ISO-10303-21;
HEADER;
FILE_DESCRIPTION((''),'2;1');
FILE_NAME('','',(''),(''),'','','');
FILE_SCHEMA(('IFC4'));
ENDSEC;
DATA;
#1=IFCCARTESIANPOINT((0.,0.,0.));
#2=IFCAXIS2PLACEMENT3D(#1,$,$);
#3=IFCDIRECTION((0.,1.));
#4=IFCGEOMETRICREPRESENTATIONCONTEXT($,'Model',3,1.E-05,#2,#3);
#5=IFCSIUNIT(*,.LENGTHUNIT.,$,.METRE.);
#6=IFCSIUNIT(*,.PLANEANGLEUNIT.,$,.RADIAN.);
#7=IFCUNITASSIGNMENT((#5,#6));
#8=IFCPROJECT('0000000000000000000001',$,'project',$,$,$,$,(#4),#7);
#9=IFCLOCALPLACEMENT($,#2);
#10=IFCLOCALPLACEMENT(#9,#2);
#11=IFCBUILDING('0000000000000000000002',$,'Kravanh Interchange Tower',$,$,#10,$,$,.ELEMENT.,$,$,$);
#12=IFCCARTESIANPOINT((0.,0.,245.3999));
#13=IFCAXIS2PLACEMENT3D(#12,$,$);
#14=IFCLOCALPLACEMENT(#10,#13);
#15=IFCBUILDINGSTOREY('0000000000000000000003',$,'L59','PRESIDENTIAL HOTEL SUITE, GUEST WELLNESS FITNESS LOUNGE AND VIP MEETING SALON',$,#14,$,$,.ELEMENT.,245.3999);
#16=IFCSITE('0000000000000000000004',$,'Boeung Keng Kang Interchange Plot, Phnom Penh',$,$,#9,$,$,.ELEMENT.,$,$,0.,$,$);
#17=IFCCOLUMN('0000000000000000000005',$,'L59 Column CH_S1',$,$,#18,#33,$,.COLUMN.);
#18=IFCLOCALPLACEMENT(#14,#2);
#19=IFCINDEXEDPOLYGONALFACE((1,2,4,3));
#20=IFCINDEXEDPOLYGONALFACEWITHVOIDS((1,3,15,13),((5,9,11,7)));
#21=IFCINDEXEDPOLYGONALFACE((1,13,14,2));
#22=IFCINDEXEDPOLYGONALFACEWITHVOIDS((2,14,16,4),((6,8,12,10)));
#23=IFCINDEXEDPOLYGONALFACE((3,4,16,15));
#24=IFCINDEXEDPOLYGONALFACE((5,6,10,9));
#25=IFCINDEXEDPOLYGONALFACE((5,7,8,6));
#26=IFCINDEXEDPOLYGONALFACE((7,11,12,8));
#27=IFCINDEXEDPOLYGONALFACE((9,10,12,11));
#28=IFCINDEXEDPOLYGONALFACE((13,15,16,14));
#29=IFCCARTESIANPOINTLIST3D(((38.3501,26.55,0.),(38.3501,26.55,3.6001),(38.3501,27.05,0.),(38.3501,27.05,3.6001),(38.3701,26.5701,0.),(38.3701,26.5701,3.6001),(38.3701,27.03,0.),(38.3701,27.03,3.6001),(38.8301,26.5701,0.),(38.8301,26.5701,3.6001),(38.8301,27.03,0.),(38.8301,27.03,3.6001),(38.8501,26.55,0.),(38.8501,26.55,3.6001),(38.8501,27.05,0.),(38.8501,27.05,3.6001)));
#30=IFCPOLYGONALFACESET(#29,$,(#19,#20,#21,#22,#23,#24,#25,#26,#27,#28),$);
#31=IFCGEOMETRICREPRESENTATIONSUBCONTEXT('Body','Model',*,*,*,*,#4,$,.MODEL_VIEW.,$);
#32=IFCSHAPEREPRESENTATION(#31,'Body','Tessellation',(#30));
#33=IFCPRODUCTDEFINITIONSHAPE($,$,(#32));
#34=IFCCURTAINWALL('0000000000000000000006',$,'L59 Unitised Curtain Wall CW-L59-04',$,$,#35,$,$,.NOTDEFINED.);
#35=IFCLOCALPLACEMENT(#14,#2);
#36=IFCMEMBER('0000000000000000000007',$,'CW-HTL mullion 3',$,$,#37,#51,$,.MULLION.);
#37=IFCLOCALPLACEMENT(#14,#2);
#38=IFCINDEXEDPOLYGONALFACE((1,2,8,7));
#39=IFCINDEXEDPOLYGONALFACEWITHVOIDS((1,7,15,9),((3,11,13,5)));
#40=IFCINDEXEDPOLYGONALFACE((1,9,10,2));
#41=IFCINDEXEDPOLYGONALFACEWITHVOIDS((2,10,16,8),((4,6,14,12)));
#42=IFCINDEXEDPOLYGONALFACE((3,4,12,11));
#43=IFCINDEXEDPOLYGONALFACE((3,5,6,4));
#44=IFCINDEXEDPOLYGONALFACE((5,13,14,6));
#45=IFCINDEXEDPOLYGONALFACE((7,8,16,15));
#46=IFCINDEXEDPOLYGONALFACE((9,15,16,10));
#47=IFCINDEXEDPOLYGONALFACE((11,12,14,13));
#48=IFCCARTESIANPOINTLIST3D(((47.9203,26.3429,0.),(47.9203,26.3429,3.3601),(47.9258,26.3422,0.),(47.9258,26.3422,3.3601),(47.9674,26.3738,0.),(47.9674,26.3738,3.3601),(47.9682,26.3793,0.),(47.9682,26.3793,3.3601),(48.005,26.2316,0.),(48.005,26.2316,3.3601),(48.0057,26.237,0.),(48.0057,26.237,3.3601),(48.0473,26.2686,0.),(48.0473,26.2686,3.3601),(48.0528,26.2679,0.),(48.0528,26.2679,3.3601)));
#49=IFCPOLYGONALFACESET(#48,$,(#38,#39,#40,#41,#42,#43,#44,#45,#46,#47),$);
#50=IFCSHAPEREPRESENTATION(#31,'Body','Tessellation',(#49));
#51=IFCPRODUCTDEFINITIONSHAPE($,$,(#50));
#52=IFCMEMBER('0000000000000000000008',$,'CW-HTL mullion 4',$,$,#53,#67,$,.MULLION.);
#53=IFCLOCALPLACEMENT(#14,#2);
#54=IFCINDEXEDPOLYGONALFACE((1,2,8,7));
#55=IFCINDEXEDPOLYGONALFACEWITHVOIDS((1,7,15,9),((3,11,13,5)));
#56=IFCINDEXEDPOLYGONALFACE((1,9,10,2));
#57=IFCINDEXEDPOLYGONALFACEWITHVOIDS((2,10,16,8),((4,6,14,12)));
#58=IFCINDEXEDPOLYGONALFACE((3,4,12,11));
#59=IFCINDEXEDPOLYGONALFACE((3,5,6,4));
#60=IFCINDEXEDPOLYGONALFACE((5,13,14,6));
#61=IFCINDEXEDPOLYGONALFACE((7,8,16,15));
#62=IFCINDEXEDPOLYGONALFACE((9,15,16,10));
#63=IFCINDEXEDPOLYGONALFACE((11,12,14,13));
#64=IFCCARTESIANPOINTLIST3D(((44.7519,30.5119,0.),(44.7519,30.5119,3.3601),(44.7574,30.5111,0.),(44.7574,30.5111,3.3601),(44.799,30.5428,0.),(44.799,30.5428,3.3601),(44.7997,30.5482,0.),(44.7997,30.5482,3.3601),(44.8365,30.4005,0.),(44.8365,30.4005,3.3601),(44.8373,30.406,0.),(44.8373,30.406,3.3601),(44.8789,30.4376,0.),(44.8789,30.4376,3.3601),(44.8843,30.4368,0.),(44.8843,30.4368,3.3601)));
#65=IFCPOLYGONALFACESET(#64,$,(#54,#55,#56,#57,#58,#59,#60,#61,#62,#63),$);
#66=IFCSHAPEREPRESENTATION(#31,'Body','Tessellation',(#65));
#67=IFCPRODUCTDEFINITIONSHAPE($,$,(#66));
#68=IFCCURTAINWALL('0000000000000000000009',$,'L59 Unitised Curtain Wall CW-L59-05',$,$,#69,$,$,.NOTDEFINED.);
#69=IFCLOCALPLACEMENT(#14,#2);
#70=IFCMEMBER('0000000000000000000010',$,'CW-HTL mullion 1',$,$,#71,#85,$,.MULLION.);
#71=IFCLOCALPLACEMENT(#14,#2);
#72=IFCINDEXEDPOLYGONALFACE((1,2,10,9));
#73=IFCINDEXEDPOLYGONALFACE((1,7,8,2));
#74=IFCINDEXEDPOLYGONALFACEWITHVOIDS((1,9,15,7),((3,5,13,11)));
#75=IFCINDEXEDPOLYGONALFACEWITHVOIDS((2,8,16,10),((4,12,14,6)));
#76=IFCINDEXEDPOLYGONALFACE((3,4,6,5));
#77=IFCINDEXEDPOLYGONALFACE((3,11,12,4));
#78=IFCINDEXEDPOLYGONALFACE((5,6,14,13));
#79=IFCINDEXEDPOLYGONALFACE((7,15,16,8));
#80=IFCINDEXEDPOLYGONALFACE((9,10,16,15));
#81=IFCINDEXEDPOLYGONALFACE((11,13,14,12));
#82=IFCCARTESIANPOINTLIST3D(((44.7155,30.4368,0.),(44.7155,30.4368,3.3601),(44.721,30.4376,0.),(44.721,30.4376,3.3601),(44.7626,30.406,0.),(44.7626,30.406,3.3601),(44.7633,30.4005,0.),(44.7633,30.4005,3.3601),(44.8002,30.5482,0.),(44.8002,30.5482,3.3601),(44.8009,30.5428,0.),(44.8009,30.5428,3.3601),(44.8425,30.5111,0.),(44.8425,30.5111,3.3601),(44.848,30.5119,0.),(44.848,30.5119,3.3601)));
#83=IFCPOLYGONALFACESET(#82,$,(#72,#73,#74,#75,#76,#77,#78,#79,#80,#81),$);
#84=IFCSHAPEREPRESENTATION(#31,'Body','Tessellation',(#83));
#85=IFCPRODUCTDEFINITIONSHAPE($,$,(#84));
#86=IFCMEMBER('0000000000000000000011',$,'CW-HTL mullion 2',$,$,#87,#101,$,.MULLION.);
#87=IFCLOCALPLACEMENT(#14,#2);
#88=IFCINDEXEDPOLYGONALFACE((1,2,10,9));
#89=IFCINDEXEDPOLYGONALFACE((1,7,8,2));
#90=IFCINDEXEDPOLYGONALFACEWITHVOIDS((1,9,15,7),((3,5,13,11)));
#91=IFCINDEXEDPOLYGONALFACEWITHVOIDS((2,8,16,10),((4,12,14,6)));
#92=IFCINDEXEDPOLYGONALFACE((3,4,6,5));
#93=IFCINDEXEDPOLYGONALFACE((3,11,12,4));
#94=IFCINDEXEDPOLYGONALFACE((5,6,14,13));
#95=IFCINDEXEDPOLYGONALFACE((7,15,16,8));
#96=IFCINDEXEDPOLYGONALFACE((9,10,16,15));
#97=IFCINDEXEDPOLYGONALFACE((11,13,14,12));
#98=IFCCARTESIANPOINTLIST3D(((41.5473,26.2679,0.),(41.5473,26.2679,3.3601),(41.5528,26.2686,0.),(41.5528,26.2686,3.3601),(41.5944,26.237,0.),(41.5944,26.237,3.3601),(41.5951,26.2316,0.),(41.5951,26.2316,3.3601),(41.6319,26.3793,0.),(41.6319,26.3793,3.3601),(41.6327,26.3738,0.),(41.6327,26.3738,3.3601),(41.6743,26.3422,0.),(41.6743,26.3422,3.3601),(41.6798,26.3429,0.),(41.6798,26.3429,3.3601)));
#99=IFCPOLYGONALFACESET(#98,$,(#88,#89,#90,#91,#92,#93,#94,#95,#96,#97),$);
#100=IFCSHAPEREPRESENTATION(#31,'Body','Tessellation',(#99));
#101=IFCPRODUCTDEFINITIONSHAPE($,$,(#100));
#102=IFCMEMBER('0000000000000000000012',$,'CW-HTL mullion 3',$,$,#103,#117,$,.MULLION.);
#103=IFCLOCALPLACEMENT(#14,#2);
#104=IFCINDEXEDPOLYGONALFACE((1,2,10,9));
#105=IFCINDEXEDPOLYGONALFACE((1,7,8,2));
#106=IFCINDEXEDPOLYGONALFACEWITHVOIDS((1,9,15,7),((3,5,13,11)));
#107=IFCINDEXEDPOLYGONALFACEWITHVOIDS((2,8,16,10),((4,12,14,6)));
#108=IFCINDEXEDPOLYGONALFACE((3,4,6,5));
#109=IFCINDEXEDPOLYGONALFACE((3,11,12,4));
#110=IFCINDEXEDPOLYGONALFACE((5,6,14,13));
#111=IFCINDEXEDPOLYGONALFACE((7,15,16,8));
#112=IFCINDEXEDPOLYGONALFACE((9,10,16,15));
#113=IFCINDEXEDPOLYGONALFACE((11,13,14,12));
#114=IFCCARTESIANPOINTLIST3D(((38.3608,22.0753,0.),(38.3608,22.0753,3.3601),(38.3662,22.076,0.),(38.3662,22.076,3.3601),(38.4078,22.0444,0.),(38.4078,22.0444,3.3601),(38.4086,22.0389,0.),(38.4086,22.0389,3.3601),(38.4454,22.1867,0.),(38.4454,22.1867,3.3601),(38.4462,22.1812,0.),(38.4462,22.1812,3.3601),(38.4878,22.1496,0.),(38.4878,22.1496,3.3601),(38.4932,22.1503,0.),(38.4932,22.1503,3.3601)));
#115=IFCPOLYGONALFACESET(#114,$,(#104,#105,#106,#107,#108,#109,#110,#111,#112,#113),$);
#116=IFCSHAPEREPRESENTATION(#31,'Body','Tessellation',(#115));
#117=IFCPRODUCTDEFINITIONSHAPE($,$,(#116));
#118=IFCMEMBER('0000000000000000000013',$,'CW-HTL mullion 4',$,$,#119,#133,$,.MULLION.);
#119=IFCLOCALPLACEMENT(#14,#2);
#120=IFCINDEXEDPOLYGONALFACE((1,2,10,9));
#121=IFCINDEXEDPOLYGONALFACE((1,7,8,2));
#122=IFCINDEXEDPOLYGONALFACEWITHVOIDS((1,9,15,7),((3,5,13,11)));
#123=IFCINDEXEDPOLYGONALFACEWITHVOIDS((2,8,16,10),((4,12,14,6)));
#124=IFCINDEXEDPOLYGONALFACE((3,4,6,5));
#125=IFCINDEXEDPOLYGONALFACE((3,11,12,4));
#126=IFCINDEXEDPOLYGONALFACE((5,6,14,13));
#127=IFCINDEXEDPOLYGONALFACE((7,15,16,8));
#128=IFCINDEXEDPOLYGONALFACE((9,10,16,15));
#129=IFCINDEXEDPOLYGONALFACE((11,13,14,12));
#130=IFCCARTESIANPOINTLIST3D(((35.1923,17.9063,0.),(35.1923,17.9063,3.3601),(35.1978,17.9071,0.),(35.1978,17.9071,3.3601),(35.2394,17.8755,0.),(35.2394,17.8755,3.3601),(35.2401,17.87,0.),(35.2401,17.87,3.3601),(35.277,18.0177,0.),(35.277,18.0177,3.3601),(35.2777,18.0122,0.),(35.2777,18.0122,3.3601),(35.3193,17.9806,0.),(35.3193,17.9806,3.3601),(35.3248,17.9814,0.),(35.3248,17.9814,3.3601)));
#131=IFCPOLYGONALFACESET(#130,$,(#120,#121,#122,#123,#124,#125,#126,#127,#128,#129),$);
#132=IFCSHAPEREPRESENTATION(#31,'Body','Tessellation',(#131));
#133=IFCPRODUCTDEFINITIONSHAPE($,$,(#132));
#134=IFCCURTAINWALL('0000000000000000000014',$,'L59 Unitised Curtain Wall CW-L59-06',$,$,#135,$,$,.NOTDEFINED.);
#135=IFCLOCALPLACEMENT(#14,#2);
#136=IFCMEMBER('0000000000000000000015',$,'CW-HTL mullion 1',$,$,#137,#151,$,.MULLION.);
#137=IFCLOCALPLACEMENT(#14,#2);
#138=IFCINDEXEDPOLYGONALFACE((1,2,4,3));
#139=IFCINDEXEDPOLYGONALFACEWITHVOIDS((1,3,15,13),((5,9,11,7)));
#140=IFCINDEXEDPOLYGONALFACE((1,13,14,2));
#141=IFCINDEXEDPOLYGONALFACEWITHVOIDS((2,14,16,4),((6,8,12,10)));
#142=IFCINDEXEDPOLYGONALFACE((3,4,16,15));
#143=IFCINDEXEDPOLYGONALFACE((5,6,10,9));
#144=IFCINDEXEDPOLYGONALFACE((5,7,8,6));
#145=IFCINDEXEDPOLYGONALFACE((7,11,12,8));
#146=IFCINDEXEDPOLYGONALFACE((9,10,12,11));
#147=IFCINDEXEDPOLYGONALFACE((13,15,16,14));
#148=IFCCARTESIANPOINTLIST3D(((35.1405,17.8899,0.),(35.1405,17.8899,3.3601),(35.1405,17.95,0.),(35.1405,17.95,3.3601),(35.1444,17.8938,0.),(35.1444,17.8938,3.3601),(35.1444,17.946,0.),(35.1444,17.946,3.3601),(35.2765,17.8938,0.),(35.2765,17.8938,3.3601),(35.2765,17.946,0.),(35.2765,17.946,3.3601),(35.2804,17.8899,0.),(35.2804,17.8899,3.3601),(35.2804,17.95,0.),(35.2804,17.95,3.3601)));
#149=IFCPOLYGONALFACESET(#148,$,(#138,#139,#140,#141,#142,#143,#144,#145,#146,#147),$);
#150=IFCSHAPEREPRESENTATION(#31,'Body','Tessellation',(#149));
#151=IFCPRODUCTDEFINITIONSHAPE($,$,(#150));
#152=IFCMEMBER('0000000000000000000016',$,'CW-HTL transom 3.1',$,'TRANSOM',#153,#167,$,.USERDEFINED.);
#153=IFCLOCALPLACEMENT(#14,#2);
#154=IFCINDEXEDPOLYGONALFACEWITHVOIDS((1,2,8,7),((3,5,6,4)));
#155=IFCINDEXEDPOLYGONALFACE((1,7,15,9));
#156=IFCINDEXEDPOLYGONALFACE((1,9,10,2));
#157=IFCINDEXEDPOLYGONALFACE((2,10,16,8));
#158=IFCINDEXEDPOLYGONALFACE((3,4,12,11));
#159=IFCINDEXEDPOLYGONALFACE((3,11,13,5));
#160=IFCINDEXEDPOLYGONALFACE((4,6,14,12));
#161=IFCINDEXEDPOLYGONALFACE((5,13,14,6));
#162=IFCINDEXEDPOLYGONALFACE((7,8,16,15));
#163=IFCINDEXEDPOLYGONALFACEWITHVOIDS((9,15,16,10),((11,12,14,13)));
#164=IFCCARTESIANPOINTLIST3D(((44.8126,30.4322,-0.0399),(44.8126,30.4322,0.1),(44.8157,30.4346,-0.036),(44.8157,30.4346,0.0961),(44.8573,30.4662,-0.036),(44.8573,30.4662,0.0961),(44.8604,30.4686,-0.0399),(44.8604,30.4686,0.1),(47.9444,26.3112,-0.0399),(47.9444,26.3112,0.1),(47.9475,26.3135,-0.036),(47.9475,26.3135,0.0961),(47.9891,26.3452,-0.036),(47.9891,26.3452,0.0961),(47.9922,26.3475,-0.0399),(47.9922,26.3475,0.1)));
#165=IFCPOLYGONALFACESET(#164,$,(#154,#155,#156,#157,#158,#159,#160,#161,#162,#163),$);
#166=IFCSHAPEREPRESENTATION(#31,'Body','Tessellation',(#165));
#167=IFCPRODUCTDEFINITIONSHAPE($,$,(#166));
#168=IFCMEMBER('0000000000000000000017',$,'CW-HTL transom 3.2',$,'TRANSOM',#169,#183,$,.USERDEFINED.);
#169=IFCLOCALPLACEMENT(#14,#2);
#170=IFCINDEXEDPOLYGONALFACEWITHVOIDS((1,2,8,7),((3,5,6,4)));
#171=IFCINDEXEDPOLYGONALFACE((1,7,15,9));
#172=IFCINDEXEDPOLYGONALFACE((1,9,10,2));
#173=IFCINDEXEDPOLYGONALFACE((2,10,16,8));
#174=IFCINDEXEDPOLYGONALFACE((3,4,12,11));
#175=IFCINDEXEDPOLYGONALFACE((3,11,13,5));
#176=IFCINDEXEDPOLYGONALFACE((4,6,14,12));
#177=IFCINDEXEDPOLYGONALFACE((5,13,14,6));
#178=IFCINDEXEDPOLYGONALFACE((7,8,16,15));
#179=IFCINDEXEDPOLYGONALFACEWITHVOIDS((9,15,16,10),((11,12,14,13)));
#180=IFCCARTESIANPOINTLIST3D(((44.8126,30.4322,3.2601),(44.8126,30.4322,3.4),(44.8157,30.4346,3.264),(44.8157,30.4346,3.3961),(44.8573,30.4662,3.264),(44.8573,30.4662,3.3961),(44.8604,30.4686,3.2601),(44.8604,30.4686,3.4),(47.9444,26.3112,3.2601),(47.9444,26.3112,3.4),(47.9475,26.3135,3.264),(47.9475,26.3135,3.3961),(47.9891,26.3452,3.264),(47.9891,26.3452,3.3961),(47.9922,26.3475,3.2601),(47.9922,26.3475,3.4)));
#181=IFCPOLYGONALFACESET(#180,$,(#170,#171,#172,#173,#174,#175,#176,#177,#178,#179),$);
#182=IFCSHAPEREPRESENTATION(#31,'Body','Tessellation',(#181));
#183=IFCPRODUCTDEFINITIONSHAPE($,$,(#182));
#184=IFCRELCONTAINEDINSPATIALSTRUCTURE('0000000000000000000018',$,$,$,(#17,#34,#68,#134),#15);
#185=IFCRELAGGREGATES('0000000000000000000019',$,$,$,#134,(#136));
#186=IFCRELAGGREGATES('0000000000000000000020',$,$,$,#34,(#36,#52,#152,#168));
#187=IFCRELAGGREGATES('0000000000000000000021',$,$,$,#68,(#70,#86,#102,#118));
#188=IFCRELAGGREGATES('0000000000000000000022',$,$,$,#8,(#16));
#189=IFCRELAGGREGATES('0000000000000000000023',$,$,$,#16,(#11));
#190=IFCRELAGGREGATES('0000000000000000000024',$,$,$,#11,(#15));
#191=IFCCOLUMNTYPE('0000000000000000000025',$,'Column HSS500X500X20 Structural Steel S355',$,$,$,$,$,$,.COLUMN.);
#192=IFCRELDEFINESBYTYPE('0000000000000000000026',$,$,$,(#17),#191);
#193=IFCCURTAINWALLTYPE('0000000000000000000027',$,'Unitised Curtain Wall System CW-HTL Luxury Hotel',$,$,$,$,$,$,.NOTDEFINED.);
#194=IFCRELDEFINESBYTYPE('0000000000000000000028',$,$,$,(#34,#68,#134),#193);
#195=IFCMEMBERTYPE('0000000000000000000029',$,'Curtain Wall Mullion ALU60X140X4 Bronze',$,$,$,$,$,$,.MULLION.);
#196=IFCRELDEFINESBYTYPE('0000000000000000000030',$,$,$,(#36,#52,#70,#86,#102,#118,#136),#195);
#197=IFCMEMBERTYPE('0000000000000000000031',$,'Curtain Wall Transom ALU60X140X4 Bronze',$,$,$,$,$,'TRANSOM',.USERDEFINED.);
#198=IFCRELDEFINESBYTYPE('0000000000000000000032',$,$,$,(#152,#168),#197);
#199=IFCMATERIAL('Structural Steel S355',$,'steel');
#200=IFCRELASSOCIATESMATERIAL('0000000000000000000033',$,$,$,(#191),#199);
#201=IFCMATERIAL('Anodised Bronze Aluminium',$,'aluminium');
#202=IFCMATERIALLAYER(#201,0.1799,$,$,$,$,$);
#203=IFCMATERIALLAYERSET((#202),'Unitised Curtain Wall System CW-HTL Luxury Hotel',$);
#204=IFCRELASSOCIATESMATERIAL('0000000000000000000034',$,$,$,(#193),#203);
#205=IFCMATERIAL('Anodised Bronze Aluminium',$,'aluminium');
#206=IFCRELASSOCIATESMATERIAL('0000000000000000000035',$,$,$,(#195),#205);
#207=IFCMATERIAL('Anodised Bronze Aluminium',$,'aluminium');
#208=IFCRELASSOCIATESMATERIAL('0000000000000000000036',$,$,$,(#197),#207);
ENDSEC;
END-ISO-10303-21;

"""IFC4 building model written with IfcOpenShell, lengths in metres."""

from ifc_helpers import new_model, si_unit, direction, frame, origin, origin_2d, place, context, subcontext, project, spatial, hollow_rectangle, extrude, material, layer, layer_set, material_profile, profile_set, type_object, element, aggregate, save


model = new_model("IFC4")

# Units and contexts
model_context = context("Model", 3, precision=1e-05, world=origin(), true_north=direction((0.0, 1.0)))
body_context = subcontext(model_context, "Body", "Model", "MODEL_VIEW")
ifc_project = project(units=[si_unit("LENGTHUNIT", "METRE"), si_unit("PLANEANGLEUNIT", "RADIAN")], contexts=[model_context])

# Site, building, storey
site_placement = place(None, origin())
site = spatial("IfcSite", under=ifc_project, at=site_placement, Name="Boeung Keng Kang Interchange Plot, Phnom Penh", CompositionType="ELEMENT", RefElevation=0.0)
building_placement = place(site_placement, origin())
building = spatial("IfcBuilding", under=site, at=building_placement, Name="Kravanh Interchange Tower", CompositionType="ELEMENT")
storey_placement = place(building_placement, frame((0.0, 0.0, 245.3999)))
storey = spatial("IfcBuildingStorey", under=building, at=storey_placement, Name="L59", Description="PRESIDENTIAL HOTEL SUITE, GUEST WELLNESS FITNESS LOUNGE AND VIP MEETING SALON", CompositionType="ELEMENT", Elevation=245.3999)

# Column
ifc_material_1 = material(Name="Structural Steel S355", Category="steel")
ifc_material_profile_1 = material_profile(ifc_material_1, hollow_rectangle(XDim=0.5, YDim=0.5, WallThickness=0.02, at=origin_2d()), Name="HSS500X500X20")
ifc_profile_set_1 = profile_set([ifc_material_profile_1], Name="Structural Steel S355")
column_type = type_object("IfcColumnType", Name="Column HSS500X500X20 Structural Steel S355", PredefinedType="COLUMN", material=ifc_profile_set_1)
column_placement = place(storey_placement, frame((38.6001, 26.8, 0.0), z_axis=(0.0, 0.0, 1.0), x_axis=(1.0, 0.0, 0.0)))
element("IfcColumn", 1, at=column_placement, inside=storey, type_object=column_type, Name="L59 Column CH_S1", PredefinedType="COLUMN", context=body_context, shape_type="SweptSolid", body=[
    extrude(hollow_rectangle(XDim=0.5, YDim=0.5, WallThickness=0.02, at=origin_2d()), origin(), (0.0, 0.0, 1.0), 3.6001),
])

# Curtain walls, members
ifc_material_2 = material(Name="Anodised Bronze Aluminium", Category="aluminium")
ifc_layer_1 = layer(ifc_material_2, 0.1799)
ifc_layer_set_1 = layer_set([ifc_layer_1], Name="Unitised Curtain Wall System CW-HTL Luxury Hotel")
curtain_wall_type = type_object("IfcCurtainWallType", Name="Unitised Curtain Wall System CW-HTL Luxury Hotel", PredefinedType="NOTDEFINED", material=ifc_layer_set_1)
curtain_wall_1_placement = place(storey_placement, origin())
curtain_wall_1 = element("IfcCurtainWall", 2, at=curtain_wall_1_placement, inside=storey, type_object=curtain_wall_type, Name="L59 Unitised Curtain Wall CW-L59-04", PredefinedType="NOTDEFINED")
ifc_material_3 = material(Name="Anodised Bronze Aluminium", Category="aluminium")
ifc_material_profile_2 = material_profile(ifc_material_3, hollow_rectangle(XDim=0.0601, YDim=0.1399, WallThickness=0.0039, at=origin_2d()), Name="ALU60X140X4")
ifc_profile_set_2 = profile_set([ifc_material_profile_2], Name="Anodised Bronze Aluminium")
member_type_1 = type_object("IfcMemberType", Name="Curtain Wall Mullion ALU60X140X4 Bronze", PredefinedType="MULLION", material=ifc_profile_set_2)
member_1_placement = place(storey_placement, frame((47.9866, 26.3054, 0.0), z_axis=(0.0, 0.0, 1.0), x_axis=(-0.796162, -0.605083, 0.0)))
member_1 = element("IfcMember", 3, at=member_1_placement, type_object=member_type_1, Name="CW-HTL mullion 3", PredefinedType="MULLION", context=body_context, shape_type="SweptSolid", body=[
    extrude(hollow_rectangle(XDim=0.0601, YDim=0.1399, WallThickness=0.0039, at=origin_2d()), origin(), (0.0, 0.0, 1.0), 3.3601),
])
member_2_placement = place(storey_placement, frame((44.8181, 30.4744, 0.0), z_axis=(0.0, 0.0, 1.0), x_axis=(-0.796162, -0.605083, 0.0)))
member_2 = element("IfcMember", 4, at=member_2_placement, type_object=member_type_1, Name="CW-HTL mullion 4", PredefinedType="MULLION", context=body_context, shape_type="SweptSolid", body=[
    extrude(hollow_rectangle(XDim=0.0601, YDim=0.1399, WallThickness=0.0039, at=origin_2d()), origin(), (0.0, 0.0, 1.0), 3.3601),
])
curtain_wall_2_placement = place(storey_placement, origin())
curtain_wall_2 = element("IfcCurtainWall", 5, at=curtain_wall_2_placement, inside=storey, type_object=curtain_wall_type, Name="L59 Unitised Curtain Wall CW-L59-05", PredefinedType="NOTDEFINED")
member_3_placement = place(storey_placement, frame((44.7817, 30.4744, 0.0), z_axis=(0.0, 0.0, 1.0), x_axis=(0.796162, -0.605083, 0.0)))
member_3 = element("IfcMember", 6, at=member_3_placement, type_object=member_type_1, Name="CW-HTL mullion 1", PredefinedType="MULLION", context=body_context, shape_type="SweptSolid", body=[
    extrude(hollow_rectangle(XDim=0.0601, YDim=0.1399, WallThickness=0.0039, at=origin_2d()), origin(), (0.0, 0.0, 1.0), 3.3601),
])
member_4_placement = place(storey_placement, frame((41.6135, 26.3054, 0.0), z_axis=(0.0, 0.0, 1.0), x_axis=(0.796162, -0.605083, 0.0)))
member_4 = element("IfcMember", 7, at=member_4_placement, type_object=member_type_1, Name="CW-HTL mullion 2", PredefinedType="MULLION", context=body_context, shape_type="SweptSolid", body=[
    extrude(hollow_rectangle(XDim=0.0601, YDim=0.1399, WallThickness=0.0039, at=origin_2d()), origin(), (0.0, 0.0, 1.0), 3.3601),
])
member_5_placement = place(storey_placement, frame((38.427, 22.1128, 0.0), z_axis=(0.0, 0.0, 1.0), x_axis=(0.796162, -0.605083, 0.0)))
member_5 = element("IfcMember", 8, at=member_5_placement, type_object=member_type_1, Name="CW-HTL mullion 3", PredefinedType="MULLION", context=body_context, shape_type="SweptSolid", body=[
    extrude(hollow_rectangle(XDim=0.0601, YDim=0.1399, WallThickness=0.0039, at=origin_2d()), origin(), (0.0, 0.0, 1.0), 3.3601),
])
member_6_placement = place(storey_placement, frame((35.2585, 17.9438, 0.0), z_axis=(0.0, 0.0, 1.0), x_axis=(0.796162, -0.605083, 0.0)))
member_6 = element("IfcMember", 9, at=member_6_placement, type_object=member_type_1, Name="CW-HTL mullion 4", PredefinedType="MULLION", context=body_context, shape_type="SweptSolid", body=[
    extrude(hollow_rectangle(XDim=0.0601, YDim=0.1399, WallThickness=0.0039, at=origin_2d()), origin(), (0.0, 0.0, 1.0), 3.3601),
])

# Curtain wall, member
curtain_wall_3_placement = place(storey_placement, origin())
curtain_wall_3 = element("IfcCurtainWall", 10, at=curtain_wall_3_placement, inside=storey, type_object=curtain_wall_type, Name="L59 Unitised Curtain Wall CW-L59-06", PredefinedType="NOTDEFINED")
member_7_placement = place(storey_placement, frame((35.2104, 17.9199, 0.0), z_axis=(0.0, 0.0, 1.0), x_axis=(0.0, -1.0, 0.0)))
member_7 = element("IfcMember", 11, at=member_7_placement, type_object=member_type_1, Name="CW-HTL mullion 1", PredefinedType="MULLION", context=body_context, shape_type="SweptSolid", body=[
    extrude(hollow_rectangle(XDim=0.0601, YDim=0.1399, WallThickness=0.0039, at=origin_2d()), origin(), (0.0, 0.0, 1.0), 3.3601),
])

# Members
ifc_material_4 = material(Name="Anodised Bronze Aluminium", Category="aluminium")
ifc_material_profile_3 = material_profile(ifc_material_4, hollow_rectangle(XDim=0.0601, YDim=0.1399, WallThickness=0.0039, at=origin_2d()), Name="ALU60X140X4")
ifc_profile_set_3 = profile_set([ifc_material_profile_3], Name="Anodised Bronze Aluminium")
member_type_2 = type_object("IfcMemberType", Name="Curtain Wall Transom ALU60X140X4 Bronze", ElementType="TRANSOM", PredefinedType="USERDEFINED", material=ifc_profile_set_3)
member_8_placement = place(storey_placement, frame((47.9683, 26.3293, 0.03), z_axis=(-0.605059, 0.79618, 0.0), x_axis=(-0.79618, -0.605059, 0.0)))
member_8 = element("IfcMember", 12, at=member_8_placement, type_object=member_type_2, Name="CW-HTL transom 3.1", ObjectType="TRANSOM", PredefinedType="USERDEFINED", context=body_context, shape_type="SweptSolid", body=[
    extrude(hollow_rectangle(XDim=0.0601, YDim=0.1399, WallThickness=0.0039, at=origin_2d()), origin(), (0.0, 0.0, 1.0), 5.176),
])
member_9_placement = place(storey_placement, frame((47.9683, 26.3293, 3.3301), z_axis=(-0.605059, 0.79618, 0.0), x_axis=(-0.79618, -0.605059, 0.0)))
member_9 = element("IfcMember", 13, at=member_9_placement, type_object=member_type_2, Name="CW-HTL transom 3.2", ObjectType="TRANSOM", PredefinedType="USERDEFINED", context=body_context, shape_type="SweptSolid", body=[
    extrude(hollow_rectangle(XDim=0.0601, YDim=0.1399, WallThickness=0.0039, at=origin_2d()), origin(), (0.0, 0.0, 1.0), 5.176),
])
aggregate(curtain_wall_3, [member_7])

aggregate(curtain_wall_1, [member_1, member_2, member_8, member_9])
aggregate(curtain_wall_2, [member_3, member_4, member_5, member_6])

save(model, "model.ifc")
